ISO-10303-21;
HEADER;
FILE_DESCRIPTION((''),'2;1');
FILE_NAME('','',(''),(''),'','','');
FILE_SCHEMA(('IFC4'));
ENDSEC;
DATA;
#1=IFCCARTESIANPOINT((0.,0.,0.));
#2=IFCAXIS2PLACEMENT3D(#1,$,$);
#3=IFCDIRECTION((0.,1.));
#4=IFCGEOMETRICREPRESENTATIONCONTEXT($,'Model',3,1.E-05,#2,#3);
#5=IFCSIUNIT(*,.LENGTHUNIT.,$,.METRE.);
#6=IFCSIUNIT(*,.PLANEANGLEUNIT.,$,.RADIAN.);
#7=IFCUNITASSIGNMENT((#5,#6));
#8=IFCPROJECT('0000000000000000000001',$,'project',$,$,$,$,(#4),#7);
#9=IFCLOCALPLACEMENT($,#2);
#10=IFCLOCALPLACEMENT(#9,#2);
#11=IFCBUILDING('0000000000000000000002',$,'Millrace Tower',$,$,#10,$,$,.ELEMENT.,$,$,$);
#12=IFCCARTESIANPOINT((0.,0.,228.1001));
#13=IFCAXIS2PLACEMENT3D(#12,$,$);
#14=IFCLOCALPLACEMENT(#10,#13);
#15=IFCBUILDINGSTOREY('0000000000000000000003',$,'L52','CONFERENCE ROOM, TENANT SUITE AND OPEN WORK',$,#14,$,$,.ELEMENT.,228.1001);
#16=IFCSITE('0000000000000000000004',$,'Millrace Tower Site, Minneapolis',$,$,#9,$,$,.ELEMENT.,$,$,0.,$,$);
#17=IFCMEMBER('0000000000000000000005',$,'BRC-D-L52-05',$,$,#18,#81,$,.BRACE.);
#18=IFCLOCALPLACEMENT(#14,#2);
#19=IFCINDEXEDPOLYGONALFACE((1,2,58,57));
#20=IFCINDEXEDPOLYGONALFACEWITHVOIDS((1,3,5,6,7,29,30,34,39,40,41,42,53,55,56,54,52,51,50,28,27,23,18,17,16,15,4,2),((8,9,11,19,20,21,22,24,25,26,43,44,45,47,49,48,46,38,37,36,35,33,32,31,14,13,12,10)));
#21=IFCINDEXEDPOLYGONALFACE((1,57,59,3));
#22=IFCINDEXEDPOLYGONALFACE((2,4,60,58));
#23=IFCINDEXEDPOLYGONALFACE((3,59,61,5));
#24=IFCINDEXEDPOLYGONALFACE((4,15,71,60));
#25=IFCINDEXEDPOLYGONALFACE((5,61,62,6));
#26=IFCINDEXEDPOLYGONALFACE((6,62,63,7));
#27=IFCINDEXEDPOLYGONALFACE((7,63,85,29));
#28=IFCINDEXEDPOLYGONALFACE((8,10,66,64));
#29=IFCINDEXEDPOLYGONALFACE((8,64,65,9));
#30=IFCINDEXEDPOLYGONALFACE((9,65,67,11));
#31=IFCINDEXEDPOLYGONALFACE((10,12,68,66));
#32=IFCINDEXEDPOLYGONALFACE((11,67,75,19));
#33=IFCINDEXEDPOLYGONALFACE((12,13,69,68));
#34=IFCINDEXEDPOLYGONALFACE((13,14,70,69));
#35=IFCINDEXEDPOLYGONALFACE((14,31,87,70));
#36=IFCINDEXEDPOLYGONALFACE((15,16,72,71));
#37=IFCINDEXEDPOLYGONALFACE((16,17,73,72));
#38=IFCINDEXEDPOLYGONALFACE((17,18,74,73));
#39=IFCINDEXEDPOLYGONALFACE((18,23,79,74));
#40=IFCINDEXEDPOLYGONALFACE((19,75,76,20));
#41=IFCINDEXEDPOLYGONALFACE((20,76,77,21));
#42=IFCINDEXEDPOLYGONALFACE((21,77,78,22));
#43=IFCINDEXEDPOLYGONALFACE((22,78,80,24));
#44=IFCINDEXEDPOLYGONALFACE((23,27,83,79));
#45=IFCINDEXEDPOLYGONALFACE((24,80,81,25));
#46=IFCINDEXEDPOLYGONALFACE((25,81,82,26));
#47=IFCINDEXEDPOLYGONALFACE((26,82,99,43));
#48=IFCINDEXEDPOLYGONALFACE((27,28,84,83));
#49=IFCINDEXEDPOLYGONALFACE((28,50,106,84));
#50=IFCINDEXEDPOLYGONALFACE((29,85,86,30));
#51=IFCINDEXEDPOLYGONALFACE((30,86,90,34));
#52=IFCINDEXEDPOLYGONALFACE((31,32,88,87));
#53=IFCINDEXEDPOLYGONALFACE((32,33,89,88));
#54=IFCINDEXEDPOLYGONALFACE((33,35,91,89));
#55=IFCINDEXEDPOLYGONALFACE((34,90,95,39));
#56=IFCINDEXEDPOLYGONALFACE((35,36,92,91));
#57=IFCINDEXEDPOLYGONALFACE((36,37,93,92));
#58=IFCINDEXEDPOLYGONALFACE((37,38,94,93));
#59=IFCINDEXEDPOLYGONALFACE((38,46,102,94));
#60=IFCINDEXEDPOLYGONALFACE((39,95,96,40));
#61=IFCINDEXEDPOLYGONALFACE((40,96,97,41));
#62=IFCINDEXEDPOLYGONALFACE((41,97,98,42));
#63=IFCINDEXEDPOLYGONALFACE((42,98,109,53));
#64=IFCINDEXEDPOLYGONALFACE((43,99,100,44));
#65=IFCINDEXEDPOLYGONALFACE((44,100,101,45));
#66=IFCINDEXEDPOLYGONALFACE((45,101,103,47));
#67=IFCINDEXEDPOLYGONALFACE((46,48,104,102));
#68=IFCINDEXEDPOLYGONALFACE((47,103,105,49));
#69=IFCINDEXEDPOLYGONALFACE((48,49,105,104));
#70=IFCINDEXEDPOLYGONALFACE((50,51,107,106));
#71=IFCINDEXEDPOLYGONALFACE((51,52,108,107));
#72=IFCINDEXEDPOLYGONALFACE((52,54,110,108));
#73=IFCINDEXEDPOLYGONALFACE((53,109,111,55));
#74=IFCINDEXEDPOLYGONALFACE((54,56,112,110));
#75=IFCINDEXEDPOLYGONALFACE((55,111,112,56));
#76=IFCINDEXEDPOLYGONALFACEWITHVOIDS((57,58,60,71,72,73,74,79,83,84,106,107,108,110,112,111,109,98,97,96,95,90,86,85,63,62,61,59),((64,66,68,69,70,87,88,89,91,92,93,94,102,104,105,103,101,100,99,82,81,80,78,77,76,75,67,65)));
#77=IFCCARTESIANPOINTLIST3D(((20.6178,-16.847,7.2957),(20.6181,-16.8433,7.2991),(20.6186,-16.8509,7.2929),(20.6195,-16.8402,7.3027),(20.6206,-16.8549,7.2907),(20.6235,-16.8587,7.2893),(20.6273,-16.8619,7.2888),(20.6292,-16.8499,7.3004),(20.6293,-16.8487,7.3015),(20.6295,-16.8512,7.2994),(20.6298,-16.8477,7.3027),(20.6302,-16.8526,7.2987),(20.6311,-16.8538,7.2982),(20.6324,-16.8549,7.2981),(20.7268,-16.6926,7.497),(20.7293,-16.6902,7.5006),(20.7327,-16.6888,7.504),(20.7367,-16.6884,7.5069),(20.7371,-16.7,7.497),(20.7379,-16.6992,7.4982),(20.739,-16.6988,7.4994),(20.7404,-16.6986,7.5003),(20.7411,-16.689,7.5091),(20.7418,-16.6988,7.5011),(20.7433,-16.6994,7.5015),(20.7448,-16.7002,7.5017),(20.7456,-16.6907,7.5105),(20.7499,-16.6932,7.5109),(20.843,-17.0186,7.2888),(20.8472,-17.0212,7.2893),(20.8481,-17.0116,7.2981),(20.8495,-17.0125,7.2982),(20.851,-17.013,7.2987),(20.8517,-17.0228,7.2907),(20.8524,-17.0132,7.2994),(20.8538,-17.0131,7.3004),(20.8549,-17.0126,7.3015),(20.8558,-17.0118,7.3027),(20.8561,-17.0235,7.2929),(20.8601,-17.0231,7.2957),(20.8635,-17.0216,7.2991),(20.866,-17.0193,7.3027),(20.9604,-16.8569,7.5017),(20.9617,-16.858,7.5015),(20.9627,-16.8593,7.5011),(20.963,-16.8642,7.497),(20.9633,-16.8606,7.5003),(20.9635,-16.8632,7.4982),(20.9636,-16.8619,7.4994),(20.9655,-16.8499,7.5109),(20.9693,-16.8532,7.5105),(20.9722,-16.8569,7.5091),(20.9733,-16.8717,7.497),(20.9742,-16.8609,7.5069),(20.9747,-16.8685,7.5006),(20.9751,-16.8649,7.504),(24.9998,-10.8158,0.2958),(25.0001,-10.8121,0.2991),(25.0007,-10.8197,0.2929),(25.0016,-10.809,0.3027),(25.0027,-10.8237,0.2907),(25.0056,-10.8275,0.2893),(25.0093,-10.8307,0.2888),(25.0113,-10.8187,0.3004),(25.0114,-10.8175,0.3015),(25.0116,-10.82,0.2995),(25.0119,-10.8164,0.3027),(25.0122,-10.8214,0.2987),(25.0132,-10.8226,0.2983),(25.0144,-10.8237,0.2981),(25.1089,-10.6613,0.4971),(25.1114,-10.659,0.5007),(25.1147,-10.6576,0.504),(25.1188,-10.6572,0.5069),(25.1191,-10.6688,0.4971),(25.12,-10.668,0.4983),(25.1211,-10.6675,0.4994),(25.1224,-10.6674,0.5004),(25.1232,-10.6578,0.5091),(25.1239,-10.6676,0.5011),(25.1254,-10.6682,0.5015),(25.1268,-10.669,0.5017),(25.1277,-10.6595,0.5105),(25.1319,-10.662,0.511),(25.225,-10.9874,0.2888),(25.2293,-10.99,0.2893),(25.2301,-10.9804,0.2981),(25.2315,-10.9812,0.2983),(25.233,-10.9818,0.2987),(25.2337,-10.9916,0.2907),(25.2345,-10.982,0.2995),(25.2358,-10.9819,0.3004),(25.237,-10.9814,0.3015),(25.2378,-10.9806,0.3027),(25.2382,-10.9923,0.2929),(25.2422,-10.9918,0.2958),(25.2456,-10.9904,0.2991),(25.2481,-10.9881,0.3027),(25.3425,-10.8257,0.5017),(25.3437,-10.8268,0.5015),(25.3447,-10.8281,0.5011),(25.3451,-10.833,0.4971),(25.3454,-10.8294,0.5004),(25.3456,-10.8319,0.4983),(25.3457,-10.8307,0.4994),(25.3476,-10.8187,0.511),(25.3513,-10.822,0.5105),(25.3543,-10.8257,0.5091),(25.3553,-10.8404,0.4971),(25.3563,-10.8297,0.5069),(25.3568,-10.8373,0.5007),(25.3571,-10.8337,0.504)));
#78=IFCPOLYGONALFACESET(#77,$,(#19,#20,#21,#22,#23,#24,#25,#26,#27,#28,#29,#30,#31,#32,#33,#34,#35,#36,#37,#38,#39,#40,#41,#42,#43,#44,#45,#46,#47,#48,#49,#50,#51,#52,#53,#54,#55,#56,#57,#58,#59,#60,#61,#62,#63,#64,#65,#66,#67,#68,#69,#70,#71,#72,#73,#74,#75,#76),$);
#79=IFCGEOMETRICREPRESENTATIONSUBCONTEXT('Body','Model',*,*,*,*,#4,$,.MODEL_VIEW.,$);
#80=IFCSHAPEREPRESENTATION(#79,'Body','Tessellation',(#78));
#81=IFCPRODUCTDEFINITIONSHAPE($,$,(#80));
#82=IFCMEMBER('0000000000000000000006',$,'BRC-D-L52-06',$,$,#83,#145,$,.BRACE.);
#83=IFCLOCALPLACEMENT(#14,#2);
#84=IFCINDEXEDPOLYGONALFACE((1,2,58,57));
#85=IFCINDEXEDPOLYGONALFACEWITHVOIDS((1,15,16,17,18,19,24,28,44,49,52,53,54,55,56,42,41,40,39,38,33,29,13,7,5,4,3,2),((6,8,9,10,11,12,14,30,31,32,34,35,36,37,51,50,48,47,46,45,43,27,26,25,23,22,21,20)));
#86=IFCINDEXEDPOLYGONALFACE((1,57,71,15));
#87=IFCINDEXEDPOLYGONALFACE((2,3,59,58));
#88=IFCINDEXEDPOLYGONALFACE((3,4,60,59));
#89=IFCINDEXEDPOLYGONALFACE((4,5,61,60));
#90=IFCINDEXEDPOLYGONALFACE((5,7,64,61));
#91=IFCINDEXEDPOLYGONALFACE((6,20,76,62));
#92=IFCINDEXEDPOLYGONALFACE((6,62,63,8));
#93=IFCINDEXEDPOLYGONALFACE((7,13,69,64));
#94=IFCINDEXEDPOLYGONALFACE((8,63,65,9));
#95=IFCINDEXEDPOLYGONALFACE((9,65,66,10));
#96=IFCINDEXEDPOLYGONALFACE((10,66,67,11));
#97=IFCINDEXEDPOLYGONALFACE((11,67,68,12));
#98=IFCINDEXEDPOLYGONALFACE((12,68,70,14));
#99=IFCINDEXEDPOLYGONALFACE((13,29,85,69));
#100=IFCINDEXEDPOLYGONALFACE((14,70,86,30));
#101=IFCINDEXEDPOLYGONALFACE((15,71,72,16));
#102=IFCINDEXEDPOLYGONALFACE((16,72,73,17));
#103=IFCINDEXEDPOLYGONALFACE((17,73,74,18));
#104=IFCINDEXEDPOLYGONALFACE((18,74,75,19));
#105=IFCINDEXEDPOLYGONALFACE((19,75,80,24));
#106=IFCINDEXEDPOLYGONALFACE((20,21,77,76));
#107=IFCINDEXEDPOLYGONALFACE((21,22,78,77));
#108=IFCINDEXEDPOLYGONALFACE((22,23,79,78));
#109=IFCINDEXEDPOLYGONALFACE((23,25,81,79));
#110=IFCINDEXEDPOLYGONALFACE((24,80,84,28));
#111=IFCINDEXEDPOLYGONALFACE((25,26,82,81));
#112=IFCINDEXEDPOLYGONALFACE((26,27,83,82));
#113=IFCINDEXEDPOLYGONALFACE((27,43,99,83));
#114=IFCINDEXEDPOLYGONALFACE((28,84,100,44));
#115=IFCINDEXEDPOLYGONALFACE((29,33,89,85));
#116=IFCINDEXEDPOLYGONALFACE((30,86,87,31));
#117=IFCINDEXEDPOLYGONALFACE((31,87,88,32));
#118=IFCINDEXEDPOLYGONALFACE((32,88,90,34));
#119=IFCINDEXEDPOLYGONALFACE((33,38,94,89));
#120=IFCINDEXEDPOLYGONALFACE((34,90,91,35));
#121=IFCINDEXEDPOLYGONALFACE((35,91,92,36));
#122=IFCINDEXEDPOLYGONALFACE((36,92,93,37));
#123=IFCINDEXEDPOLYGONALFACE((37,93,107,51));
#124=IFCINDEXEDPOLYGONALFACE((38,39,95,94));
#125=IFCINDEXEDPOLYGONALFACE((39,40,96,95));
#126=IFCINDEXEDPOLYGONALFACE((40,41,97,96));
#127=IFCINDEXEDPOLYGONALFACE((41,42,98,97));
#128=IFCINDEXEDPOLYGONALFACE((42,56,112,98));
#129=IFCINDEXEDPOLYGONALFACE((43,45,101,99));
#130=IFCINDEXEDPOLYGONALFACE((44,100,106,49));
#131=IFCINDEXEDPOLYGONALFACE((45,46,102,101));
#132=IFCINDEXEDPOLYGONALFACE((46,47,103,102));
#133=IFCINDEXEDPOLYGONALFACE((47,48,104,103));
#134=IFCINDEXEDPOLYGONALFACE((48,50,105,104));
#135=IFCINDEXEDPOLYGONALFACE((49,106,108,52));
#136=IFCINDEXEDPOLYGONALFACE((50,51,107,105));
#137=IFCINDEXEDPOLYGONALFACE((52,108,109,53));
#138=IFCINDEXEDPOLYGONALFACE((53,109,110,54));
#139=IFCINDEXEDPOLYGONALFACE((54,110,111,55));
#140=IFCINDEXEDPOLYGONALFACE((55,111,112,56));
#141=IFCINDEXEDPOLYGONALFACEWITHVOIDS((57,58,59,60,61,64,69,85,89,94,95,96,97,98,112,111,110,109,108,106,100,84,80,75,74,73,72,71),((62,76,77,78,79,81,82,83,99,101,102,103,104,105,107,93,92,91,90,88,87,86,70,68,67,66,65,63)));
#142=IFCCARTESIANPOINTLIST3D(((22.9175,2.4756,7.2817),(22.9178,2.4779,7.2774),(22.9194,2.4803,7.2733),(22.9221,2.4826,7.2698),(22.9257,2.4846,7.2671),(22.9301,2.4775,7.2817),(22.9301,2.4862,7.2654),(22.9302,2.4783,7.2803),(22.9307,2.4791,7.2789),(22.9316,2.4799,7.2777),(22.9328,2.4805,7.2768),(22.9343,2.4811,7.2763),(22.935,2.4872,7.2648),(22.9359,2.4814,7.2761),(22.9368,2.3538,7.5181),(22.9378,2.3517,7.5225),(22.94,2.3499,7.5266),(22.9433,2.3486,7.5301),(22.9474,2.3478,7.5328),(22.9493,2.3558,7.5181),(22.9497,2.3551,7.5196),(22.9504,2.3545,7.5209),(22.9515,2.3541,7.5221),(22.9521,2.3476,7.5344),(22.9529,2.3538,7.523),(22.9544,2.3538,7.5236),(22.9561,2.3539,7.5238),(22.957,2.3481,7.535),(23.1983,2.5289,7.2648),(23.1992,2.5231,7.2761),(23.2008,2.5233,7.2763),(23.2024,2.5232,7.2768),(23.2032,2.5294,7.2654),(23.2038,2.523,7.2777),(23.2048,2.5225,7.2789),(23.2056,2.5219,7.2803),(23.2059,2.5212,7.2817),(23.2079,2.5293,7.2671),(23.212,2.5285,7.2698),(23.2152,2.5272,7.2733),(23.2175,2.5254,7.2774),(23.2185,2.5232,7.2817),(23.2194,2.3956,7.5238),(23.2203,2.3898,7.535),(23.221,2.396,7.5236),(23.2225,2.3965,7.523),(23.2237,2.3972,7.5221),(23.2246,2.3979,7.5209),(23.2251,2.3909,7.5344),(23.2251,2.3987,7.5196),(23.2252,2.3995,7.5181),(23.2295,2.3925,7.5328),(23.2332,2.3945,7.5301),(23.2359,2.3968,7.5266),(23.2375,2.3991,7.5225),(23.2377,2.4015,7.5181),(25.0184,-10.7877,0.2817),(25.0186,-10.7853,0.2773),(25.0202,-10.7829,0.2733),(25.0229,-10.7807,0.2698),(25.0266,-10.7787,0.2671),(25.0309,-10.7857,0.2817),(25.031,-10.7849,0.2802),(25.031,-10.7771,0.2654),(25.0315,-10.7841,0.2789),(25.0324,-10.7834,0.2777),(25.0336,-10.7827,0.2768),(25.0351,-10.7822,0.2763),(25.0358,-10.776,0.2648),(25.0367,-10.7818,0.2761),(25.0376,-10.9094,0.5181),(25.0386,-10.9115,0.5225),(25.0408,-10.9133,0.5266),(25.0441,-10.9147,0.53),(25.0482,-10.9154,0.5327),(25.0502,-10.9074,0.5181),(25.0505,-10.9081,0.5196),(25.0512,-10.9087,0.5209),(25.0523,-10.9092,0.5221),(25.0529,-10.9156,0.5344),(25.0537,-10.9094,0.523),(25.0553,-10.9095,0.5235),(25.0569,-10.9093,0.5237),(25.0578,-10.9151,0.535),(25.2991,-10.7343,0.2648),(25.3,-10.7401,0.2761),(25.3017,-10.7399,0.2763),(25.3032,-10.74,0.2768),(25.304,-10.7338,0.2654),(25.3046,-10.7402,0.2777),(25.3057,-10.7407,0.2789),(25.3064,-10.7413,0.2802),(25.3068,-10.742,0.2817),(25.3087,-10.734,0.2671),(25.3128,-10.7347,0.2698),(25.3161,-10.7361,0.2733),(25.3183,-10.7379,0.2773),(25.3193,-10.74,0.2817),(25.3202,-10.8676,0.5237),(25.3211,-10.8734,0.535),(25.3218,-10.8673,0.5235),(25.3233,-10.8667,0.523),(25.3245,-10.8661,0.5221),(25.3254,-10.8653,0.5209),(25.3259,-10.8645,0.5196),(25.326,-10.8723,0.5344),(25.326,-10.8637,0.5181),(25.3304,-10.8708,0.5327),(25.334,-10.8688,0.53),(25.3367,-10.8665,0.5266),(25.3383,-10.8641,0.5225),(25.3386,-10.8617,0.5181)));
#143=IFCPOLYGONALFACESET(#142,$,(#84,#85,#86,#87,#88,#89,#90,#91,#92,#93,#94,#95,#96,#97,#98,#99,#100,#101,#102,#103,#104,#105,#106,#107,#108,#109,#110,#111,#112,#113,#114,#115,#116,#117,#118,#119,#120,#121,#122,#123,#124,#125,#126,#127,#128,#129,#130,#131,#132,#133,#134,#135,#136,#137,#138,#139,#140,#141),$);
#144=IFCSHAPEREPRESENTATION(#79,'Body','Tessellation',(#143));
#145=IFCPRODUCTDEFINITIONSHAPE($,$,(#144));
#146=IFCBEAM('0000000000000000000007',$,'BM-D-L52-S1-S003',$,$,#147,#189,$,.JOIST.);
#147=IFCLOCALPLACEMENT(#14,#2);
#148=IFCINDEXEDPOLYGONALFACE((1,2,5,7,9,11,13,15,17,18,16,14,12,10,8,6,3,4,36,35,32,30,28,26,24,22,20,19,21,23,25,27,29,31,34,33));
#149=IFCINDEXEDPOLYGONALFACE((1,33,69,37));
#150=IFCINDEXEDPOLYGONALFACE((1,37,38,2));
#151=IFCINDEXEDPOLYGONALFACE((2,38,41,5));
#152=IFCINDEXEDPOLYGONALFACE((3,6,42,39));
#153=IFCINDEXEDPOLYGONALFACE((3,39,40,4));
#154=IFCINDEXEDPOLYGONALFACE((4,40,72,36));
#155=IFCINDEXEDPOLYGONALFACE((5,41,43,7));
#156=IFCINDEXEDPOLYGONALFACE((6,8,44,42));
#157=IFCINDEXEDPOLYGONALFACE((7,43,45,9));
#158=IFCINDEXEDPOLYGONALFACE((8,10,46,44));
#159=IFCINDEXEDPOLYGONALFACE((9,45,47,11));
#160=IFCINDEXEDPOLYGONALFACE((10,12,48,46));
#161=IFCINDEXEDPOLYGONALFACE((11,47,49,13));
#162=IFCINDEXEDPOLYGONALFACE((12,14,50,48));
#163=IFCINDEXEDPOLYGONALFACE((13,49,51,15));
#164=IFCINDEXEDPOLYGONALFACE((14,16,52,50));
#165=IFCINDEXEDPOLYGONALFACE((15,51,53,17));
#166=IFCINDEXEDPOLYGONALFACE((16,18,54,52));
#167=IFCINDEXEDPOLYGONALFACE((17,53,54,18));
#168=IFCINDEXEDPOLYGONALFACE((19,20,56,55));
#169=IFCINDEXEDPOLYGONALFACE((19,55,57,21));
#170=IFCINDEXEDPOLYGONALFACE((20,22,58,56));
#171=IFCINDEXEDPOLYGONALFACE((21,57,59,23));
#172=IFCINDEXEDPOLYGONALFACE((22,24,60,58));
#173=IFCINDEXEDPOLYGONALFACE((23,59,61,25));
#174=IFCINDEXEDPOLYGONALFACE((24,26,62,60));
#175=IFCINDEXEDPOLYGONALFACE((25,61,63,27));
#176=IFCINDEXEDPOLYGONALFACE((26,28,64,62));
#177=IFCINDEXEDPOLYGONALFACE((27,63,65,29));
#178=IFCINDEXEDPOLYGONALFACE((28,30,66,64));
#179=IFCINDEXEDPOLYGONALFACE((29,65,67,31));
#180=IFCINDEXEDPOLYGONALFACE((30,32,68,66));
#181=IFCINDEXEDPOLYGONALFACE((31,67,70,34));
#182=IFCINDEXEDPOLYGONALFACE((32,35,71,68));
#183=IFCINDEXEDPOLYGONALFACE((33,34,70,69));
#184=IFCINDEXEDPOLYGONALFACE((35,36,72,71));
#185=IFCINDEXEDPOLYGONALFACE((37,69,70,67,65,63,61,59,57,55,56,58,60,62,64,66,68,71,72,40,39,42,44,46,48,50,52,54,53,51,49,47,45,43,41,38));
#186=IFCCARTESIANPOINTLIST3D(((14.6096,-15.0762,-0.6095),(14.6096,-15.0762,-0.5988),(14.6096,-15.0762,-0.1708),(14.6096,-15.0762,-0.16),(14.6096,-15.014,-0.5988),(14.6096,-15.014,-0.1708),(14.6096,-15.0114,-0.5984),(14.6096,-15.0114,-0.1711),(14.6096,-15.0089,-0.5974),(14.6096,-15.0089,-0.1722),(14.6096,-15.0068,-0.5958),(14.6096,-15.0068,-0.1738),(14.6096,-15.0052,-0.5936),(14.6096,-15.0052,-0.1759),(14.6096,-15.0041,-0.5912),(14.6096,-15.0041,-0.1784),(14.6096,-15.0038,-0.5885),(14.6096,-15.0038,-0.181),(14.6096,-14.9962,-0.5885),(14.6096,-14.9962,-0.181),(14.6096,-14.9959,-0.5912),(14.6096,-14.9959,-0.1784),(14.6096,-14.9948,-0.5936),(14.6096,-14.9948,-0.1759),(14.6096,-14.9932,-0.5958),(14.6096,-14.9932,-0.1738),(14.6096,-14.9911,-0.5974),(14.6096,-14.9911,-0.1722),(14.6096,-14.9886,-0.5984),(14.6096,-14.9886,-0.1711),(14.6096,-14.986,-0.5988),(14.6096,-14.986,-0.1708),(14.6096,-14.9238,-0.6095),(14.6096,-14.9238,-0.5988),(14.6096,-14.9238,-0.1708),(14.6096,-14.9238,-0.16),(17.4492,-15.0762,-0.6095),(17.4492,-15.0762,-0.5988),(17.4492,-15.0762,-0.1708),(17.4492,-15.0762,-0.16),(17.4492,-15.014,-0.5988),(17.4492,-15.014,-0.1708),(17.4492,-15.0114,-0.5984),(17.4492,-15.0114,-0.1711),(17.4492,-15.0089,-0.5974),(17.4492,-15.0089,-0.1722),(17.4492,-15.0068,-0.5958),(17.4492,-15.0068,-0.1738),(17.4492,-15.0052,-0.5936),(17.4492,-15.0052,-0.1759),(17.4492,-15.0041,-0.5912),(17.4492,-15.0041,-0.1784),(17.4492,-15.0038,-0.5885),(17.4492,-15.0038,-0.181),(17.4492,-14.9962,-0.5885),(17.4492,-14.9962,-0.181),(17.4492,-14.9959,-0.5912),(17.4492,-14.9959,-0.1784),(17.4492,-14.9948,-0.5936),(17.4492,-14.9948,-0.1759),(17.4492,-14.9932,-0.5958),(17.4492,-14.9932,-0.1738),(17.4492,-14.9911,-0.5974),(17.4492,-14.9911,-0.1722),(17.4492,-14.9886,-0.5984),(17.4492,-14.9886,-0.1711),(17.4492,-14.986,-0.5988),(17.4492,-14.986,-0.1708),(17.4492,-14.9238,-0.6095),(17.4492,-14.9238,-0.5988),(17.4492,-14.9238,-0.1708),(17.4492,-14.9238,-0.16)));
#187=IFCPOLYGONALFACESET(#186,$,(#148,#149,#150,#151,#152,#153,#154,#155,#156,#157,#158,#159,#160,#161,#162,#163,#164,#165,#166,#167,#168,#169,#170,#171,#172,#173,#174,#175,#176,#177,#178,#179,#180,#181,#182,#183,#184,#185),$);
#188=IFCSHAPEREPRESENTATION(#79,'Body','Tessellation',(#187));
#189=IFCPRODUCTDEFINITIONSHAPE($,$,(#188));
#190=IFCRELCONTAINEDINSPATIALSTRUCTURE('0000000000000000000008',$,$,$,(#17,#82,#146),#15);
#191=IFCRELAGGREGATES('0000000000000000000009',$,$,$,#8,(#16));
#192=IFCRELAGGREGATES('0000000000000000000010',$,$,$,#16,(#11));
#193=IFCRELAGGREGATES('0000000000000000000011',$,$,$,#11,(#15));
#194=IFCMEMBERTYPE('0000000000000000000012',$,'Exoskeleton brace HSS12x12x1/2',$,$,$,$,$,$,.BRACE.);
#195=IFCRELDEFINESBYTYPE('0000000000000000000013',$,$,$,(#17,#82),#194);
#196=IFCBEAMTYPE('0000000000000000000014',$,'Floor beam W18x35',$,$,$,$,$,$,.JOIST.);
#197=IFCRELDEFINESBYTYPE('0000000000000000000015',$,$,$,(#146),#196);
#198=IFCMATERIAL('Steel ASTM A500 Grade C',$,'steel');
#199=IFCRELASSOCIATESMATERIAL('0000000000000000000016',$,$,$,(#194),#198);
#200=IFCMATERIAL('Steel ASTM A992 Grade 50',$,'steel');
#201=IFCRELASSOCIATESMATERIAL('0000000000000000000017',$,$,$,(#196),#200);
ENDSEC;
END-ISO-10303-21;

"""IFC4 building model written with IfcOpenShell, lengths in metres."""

from ifc_helpers import new_model, si_unit, direction, frame, origin, origin_2d, place, context, subcontext, project, spatial, hollow_rectangle, i_section, extrude, material, material_profile, profile_set, type_object, element, save


model = new_model("IFC4")

# Units and contexts
model_context = context("Model", 3, precision=1e-05, world=origin(), true_north=direction((0.0, 1.0)))
body_context = subcontext(model_context, "Body", "Model", "MODEL_VIEW")
ifc_project = project(units=[si_unit("LENGTHUNIT", "METRE"), si_unit("PLANEANGLEUNIT", "RADIAN")], contexts=[model_context])

# Site, building, storey
site_placement = place(None, origin())
site = spatial("IfcSite", under=ifc_project, at=site_placement, Name="Millrace Tower Site, Minneapolis", CompositionType="ELEMENT", RefElevation=0.0)
building_placement = place(site_placement, origin())
building = spatial("IfcBuilding", under=site, at=building_placement, Name="Millrace Tower", CompositionType="ELEMENT")
storey_placement = place(building_placement, frame((0.0, 0.0, 228.1001)))
storey = spatial("IfcBuildingStorey", under=building, at=storey_placement, Name="L52", Description="CONFERENCE ROOM, TENANT SUITE AND OPEN WORK", CompositionType="ELEMENT", Elevation=228.1001)

# Members
ifc_material_1 = material(Name="Steel ASTM A500 Grade C", Category="steel")
ifc_material_profile_1 = material_profile(ifc_material_1, hollow_rectangle(XDim=0.3047, YDim=0.3047, WallThickness=0.0127, InnerFilletRadius=0.0063, OuterFilletRadius=0.019, at=origin_2d()))
ifc_profile_set_1 = profile_set([ifc_material_profile_1], Name="Steel ASTM A500 Grade C")
member_type_1 = type_object("IfcMemberType", Name="Exoskeleton brace HSS12x12x1/2", PredefinedType="BRACE", material=ifc_profile_set_1)
member_1_placement = place(storey_placement, frame((25.1785, -10.8247, 0.3999), z_axis=(-0.428508, -0.589774, 0.684505), x_axis=(0.809009, -0.587796, 0.0)))
element("IfcMember", 1, at=member_1_placement, inside=storey, type_object=member_type_1, Name="BRC-D-L52-05", PredefinedType="BRACE", context=body_context, shape_type="SweptSolid", body=[
    extrude(hollow_rectangle(XDim=0.3047, YDim=0.3047, WallThickness=0.0127, InnerFilletRadius=0.0063, OuterFilletRadius=0.019, at=origin_2d()), origin(), (0.0, 0.0, 1.0), 10.2263),
])
member_2_placement = place(storey_placement, frame((25.1785, -10.8247, 0.3999), z_axis=(-0.138728, 0.875834, 0.462245), x_axis=(-0.987687, -0.156445, 0.0)))
element("IfcMember", 2, at=member_2_placement, inside=storey, type_object=member_type_1, Name="BRC-D-L52-06", PredefinedType="BRACE", context=body_context, shape_type="SweptSolid", body=[
    extrude(hollow_rectangle(XDim=0.3047, YDim=0.3047, WallThickness=0.0127, InnerFilletRadius=0.0063, OuterFilletRadius=0.019, at=origin_2d()), origin(), (0.0, 0.0, 1.0), 15.1436),
])

# Beam
ifc_material_2 = material(Name="Steel ASTM A992 Grade 50", Category="steel")
ifc_material_profile_2 = material_profile(ifc_material_2, i_section(OverallWidth=0.1523, OverallDepth=0.4495, WebThickness=0.0076, FlangeThickness=0.0107, FilletRadius=0.0103, at=origin_2d()))
ifc_profile_set_2 = profile_set([ifc_material_profile_2], Name="Steel ASTM A992 Grade 50")
beam_type_1 = type_object("IfcBeamType", Name="Floor beam W18x35", PredefinedType="JOIST", material=ifc_profile_set_2)
beam_1_placement = place(storey_placement, frame((14.6096, -15.0, -0.3848), z_axis=(1.0, 0.0, 0.0), x_axis=(0.0, 1.0, 0.0)))
element("IfcBeam", 3, at=beam_1_placement, inside=storey, type_object=beam_type_1, Name="BM-D-L52-S1-S003", PredefinedType="JOIST", context=body_context, shape_type="SweptSolid", body=[
    extrude(i_section(OverallWidth=0.1523, OverallDepth=0.4495, WebThickness=0.0076, FlangeThickness=0.0107, FilletRadius=0.0103, at=origin_2d()), origin(), (0.0, 0.0, 1.0), 2.8396),
])

save(model, "model.ifc")
